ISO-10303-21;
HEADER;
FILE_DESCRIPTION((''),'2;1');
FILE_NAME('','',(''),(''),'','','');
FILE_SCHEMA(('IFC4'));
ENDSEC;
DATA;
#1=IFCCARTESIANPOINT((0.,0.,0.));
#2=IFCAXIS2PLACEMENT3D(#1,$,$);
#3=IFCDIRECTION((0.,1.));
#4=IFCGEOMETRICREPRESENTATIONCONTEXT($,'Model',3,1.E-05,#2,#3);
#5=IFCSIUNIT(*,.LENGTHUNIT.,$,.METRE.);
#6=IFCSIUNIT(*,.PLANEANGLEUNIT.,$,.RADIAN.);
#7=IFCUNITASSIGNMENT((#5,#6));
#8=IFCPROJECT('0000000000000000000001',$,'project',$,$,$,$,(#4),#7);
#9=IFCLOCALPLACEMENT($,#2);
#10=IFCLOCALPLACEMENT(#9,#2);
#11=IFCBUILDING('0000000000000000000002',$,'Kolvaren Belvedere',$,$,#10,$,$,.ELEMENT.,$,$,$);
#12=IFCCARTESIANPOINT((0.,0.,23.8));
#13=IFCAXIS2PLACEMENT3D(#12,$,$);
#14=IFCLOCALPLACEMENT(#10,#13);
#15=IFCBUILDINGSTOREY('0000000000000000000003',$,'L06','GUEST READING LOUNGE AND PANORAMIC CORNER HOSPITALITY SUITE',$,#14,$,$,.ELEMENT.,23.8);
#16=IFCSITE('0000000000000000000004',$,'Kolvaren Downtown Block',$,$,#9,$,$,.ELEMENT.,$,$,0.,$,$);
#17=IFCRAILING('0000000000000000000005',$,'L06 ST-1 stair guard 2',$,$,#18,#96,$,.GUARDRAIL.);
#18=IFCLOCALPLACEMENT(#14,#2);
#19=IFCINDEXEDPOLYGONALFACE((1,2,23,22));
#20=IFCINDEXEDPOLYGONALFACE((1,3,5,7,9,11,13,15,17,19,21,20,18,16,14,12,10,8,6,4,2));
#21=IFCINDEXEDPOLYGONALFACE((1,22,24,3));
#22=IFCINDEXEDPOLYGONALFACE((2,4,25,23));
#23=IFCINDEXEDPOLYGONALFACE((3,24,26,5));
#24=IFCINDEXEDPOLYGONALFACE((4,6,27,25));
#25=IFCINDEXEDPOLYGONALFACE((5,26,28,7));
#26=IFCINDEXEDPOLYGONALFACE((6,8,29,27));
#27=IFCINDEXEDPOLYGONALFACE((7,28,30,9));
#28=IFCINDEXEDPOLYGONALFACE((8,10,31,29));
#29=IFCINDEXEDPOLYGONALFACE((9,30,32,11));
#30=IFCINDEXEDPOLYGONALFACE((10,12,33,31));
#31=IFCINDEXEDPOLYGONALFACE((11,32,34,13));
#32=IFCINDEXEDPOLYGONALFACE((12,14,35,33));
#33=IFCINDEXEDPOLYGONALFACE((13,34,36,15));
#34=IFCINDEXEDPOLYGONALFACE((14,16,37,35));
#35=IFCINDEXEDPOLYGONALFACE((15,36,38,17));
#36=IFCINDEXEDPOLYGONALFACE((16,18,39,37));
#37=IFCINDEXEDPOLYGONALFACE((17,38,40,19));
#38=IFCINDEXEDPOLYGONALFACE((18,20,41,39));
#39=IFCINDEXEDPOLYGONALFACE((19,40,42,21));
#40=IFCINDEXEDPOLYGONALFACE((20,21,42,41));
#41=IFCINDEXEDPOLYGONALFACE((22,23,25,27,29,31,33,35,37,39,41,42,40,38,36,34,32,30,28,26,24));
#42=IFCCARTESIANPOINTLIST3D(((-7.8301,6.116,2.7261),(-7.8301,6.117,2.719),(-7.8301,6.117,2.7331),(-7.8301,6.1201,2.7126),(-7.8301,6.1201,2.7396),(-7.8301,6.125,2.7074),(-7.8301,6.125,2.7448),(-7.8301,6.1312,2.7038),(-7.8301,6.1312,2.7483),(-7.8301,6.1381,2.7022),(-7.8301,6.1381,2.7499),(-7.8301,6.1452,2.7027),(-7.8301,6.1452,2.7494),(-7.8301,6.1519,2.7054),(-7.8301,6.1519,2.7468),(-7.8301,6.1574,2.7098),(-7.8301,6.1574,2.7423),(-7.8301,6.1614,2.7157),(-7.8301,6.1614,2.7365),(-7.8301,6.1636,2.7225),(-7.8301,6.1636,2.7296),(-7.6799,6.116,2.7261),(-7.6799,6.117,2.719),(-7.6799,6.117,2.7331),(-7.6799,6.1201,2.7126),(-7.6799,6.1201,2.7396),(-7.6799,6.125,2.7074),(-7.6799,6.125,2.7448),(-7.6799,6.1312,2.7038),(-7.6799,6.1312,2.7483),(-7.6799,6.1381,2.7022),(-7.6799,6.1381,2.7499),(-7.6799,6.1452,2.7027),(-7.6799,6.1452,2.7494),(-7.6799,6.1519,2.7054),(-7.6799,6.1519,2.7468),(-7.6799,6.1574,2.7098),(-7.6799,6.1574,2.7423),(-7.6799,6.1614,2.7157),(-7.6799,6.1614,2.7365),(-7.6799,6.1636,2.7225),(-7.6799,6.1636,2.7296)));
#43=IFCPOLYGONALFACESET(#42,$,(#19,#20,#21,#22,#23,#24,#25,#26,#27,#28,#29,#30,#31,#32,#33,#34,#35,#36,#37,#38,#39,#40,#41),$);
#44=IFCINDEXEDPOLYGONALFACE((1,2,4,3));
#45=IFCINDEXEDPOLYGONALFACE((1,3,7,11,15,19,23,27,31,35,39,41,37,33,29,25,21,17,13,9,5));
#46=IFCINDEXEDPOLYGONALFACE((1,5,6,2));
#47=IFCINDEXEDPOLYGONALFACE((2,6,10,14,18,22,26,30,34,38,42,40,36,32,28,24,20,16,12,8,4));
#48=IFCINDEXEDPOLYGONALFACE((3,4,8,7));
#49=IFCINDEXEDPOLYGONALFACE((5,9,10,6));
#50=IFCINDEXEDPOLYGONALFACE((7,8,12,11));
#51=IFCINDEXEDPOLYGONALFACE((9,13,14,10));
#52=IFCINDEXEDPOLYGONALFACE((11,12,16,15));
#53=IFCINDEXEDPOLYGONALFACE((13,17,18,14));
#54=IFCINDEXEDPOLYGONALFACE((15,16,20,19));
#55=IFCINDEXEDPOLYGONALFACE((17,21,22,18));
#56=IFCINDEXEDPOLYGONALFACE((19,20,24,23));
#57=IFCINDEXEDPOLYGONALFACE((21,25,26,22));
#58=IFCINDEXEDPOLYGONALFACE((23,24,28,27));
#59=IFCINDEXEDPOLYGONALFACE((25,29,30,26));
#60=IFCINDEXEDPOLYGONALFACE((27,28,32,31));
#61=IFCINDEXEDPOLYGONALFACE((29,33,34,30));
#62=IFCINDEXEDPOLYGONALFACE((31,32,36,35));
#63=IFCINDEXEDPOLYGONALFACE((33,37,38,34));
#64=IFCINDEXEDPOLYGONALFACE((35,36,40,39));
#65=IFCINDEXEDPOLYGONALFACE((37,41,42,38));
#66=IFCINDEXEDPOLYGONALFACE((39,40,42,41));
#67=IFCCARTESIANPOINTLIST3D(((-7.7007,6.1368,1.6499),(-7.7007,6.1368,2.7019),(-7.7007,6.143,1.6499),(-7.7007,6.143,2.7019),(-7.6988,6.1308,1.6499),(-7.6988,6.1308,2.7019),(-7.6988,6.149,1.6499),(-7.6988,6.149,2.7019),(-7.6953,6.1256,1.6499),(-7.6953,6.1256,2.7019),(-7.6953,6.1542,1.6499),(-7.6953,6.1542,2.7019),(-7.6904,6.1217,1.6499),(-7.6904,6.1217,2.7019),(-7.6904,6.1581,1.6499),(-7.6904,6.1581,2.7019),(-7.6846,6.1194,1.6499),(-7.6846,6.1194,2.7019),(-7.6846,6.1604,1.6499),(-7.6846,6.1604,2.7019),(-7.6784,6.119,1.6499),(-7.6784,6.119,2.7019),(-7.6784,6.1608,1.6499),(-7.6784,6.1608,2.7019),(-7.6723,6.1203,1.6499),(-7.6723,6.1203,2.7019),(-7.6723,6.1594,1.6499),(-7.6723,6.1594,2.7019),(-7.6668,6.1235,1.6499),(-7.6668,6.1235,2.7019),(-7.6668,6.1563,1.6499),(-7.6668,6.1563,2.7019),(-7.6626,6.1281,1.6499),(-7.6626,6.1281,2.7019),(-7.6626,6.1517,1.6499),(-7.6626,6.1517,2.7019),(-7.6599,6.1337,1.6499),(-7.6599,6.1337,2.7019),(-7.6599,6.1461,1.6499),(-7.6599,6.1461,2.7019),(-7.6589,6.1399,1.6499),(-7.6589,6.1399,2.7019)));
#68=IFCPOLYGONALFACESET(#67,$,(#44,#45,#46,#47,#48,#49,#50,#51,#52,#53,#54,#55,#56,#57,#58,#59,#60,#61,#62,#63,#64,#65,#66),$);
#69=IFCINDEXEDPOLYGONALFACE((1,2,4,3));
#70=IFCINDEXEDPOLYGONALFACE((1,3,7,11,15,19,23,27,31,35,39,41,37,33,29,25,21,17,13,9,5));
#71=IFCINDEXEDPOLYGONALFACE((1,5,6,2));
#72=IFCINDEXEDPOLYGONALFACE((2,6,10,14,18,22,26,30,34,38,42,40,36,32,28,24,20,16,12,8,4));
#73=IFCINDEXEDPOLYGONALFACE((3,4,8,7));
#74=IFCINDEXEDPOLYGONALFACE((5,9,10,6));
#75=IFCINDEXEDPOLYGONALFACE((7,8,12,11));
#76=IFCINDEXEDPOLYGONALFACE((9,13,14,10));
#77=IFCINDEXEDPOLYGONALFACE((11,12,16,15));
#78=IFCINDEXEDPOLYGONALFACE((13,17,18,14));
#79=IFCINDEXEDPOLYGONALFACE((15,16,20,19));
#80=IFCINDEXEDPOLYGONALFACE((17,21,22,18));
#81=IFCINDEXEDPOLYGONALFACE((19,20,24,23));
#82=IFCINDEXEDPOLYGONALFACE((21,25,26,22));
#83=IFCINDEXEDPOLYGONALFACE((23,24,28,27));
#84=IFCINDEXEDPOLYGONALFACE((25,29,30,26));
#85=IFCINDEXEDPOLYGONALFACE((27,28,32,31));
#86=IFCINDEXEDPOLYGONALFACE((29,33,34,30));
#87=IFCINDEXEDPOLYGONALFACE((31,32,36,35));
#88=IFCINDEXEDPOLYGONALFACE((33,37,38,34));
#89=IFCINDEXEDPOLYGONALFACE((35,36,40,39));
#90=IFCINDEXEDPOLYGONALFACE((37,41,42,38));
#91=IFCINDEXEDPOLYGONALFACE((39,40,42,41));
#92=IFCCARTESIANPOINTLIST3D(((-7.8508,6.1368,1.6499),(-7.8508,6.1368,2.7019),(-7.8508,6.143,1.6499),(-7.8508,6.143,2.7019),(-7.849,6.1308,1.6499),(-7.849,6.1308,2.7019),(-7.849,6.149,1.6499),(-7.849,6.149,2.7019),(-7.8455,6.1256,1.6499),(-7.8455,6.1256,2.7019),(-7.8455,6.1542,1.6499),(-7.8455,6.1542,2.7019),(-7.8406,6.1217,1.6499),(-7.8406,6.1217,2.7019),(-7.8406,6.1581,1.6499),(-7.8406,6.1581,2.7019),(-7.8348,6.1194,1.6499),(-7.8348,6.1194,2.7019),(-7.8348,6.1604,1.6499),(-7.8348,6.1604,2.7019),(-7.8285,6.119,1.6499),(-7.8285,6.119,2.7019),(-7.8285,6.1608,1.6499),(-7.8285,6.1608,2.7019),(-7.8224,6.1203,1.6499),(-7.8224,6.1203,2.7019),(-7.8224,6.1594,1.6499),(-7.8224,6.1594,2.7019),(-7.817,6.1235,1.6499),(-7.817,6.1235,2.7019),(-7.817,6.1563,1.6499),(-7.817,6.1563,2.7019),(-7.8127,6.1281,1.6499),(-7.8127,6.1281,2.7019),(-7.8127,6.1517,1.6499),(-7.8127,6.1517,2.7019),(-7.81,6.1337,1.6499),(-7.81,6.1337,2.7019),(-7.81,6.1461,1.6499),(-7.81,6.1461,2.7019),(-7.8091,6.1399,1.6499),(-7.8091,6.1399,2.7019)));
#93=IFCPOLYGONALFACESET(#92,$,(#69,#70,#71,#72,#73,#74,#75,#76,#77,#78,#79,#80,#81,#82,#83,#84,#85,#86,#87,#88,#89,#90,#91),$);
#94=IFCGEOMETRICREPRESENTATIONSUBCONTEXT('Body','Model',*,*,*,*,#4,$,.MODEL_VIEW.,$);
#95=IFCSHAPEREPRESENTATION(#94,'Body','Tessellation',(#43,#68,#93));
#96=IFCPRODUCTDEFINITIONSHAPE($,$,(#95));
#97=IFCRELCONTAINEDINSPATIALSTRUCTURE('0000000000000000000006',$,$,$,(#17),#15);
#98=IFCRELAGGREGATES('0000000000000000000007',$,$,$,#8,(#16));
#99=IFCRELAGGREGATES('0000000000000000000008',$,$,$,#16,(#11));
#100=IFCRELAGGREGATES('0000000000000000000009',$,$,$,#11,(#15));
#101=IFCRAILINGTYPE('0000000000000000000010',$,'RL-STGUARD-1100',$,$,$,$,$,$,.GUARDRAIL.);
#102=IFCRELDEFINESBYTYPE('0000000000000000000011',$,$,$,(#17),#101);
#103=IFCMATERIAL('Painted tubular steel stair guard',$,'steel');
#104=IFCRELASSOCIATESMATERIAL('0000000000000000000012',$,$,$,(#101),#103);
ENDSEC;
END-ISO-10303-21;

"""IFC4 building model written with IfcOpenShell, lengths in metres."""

from ifc_helpers import new_model, si_unit, direction, frame, origin, origin_2d, place, context, subcontext, project, spatial, circle, extrude, material, type_object, element, save


model = new_model("IFC4")

# Units and contexts
model_context = context("Model", 3, precision=1e-05, world=origin(), true_north=direction((0.0, 1.0)))
body_context = subcontext(model_context, "Body", "Model", "MODEL_VIEW")
ifc_project = project(units=[si_unit("LENGTHUNIT", "METRE"), si_unit("PLANEANGLEUNIT", "RADIAN")], contexts=[model_context])

# Site, building, storey
site_placement = place(None, origin())
site = spatial("IfcSite", under=ifc_project, at=site_placement, Name="Kolvaren Downtown Block", CompositionType="ELEMENT", RefElevation=0.0)
building_placement = place(site_placement, origin())
building = spatial("IfcBuilding", under=site, at=building_placement, Name="Kolvaren Belvedere", CompositionType="ELEMENT")
storey_placement = place(building_placement, frame((0.0, 0.0, 23.8)))
storey = spatial("IfcBuildingStorey", under=building, at=storey_placement, Name="L06", Description="GUEST READING LOUNGE AND PANORAMIC CORNER HOSPITALITY SUITE", CompositionType="ELEMENT", Elevation=23.8)

# Railing
ifc_material_1 = material(Name="Painted tubular steel stair guard", Category="steel")
railing_type_1 = type_object("IfcRailingType", Name="RL-STGUARD-1100", PredefinedType="GUARDRAIL", material=ifc_material_1)
railing_1_placement = place(storey_placement, frame((-7.6799, 6.1399, 1.6499)))
element("IfcRailing", 1, at=railing_1_placement, inside=storey, type_object=railing_type_1, Name="L06 ST-1 stair guard 2", PredefinedType="GUARDRAIL", context=body_context, shape_type="SweptSolid", body=[
    extrude(circle(Radius=0.0239, at=origin_2d()), frame((0.0, 0.0, 1.0762), z_axis=(-1.0, 0.0, 0.0), x_axis=(0.0, -1.0, 0.0)), (0.0, 0.0, 1.0), 0.1501),
    extrude(circle(Radius=0.021, at=origin_2d()), origin(), (0.0, 0.0, 1.0), 1.052),
    extrude(circle(Radius=0.021, at=origin_2d()), frame((-0.1501, 0.0, 0.0)), (0.0, 0.0, 1.0), 1.052),
])

save(model, "model.ifc")
